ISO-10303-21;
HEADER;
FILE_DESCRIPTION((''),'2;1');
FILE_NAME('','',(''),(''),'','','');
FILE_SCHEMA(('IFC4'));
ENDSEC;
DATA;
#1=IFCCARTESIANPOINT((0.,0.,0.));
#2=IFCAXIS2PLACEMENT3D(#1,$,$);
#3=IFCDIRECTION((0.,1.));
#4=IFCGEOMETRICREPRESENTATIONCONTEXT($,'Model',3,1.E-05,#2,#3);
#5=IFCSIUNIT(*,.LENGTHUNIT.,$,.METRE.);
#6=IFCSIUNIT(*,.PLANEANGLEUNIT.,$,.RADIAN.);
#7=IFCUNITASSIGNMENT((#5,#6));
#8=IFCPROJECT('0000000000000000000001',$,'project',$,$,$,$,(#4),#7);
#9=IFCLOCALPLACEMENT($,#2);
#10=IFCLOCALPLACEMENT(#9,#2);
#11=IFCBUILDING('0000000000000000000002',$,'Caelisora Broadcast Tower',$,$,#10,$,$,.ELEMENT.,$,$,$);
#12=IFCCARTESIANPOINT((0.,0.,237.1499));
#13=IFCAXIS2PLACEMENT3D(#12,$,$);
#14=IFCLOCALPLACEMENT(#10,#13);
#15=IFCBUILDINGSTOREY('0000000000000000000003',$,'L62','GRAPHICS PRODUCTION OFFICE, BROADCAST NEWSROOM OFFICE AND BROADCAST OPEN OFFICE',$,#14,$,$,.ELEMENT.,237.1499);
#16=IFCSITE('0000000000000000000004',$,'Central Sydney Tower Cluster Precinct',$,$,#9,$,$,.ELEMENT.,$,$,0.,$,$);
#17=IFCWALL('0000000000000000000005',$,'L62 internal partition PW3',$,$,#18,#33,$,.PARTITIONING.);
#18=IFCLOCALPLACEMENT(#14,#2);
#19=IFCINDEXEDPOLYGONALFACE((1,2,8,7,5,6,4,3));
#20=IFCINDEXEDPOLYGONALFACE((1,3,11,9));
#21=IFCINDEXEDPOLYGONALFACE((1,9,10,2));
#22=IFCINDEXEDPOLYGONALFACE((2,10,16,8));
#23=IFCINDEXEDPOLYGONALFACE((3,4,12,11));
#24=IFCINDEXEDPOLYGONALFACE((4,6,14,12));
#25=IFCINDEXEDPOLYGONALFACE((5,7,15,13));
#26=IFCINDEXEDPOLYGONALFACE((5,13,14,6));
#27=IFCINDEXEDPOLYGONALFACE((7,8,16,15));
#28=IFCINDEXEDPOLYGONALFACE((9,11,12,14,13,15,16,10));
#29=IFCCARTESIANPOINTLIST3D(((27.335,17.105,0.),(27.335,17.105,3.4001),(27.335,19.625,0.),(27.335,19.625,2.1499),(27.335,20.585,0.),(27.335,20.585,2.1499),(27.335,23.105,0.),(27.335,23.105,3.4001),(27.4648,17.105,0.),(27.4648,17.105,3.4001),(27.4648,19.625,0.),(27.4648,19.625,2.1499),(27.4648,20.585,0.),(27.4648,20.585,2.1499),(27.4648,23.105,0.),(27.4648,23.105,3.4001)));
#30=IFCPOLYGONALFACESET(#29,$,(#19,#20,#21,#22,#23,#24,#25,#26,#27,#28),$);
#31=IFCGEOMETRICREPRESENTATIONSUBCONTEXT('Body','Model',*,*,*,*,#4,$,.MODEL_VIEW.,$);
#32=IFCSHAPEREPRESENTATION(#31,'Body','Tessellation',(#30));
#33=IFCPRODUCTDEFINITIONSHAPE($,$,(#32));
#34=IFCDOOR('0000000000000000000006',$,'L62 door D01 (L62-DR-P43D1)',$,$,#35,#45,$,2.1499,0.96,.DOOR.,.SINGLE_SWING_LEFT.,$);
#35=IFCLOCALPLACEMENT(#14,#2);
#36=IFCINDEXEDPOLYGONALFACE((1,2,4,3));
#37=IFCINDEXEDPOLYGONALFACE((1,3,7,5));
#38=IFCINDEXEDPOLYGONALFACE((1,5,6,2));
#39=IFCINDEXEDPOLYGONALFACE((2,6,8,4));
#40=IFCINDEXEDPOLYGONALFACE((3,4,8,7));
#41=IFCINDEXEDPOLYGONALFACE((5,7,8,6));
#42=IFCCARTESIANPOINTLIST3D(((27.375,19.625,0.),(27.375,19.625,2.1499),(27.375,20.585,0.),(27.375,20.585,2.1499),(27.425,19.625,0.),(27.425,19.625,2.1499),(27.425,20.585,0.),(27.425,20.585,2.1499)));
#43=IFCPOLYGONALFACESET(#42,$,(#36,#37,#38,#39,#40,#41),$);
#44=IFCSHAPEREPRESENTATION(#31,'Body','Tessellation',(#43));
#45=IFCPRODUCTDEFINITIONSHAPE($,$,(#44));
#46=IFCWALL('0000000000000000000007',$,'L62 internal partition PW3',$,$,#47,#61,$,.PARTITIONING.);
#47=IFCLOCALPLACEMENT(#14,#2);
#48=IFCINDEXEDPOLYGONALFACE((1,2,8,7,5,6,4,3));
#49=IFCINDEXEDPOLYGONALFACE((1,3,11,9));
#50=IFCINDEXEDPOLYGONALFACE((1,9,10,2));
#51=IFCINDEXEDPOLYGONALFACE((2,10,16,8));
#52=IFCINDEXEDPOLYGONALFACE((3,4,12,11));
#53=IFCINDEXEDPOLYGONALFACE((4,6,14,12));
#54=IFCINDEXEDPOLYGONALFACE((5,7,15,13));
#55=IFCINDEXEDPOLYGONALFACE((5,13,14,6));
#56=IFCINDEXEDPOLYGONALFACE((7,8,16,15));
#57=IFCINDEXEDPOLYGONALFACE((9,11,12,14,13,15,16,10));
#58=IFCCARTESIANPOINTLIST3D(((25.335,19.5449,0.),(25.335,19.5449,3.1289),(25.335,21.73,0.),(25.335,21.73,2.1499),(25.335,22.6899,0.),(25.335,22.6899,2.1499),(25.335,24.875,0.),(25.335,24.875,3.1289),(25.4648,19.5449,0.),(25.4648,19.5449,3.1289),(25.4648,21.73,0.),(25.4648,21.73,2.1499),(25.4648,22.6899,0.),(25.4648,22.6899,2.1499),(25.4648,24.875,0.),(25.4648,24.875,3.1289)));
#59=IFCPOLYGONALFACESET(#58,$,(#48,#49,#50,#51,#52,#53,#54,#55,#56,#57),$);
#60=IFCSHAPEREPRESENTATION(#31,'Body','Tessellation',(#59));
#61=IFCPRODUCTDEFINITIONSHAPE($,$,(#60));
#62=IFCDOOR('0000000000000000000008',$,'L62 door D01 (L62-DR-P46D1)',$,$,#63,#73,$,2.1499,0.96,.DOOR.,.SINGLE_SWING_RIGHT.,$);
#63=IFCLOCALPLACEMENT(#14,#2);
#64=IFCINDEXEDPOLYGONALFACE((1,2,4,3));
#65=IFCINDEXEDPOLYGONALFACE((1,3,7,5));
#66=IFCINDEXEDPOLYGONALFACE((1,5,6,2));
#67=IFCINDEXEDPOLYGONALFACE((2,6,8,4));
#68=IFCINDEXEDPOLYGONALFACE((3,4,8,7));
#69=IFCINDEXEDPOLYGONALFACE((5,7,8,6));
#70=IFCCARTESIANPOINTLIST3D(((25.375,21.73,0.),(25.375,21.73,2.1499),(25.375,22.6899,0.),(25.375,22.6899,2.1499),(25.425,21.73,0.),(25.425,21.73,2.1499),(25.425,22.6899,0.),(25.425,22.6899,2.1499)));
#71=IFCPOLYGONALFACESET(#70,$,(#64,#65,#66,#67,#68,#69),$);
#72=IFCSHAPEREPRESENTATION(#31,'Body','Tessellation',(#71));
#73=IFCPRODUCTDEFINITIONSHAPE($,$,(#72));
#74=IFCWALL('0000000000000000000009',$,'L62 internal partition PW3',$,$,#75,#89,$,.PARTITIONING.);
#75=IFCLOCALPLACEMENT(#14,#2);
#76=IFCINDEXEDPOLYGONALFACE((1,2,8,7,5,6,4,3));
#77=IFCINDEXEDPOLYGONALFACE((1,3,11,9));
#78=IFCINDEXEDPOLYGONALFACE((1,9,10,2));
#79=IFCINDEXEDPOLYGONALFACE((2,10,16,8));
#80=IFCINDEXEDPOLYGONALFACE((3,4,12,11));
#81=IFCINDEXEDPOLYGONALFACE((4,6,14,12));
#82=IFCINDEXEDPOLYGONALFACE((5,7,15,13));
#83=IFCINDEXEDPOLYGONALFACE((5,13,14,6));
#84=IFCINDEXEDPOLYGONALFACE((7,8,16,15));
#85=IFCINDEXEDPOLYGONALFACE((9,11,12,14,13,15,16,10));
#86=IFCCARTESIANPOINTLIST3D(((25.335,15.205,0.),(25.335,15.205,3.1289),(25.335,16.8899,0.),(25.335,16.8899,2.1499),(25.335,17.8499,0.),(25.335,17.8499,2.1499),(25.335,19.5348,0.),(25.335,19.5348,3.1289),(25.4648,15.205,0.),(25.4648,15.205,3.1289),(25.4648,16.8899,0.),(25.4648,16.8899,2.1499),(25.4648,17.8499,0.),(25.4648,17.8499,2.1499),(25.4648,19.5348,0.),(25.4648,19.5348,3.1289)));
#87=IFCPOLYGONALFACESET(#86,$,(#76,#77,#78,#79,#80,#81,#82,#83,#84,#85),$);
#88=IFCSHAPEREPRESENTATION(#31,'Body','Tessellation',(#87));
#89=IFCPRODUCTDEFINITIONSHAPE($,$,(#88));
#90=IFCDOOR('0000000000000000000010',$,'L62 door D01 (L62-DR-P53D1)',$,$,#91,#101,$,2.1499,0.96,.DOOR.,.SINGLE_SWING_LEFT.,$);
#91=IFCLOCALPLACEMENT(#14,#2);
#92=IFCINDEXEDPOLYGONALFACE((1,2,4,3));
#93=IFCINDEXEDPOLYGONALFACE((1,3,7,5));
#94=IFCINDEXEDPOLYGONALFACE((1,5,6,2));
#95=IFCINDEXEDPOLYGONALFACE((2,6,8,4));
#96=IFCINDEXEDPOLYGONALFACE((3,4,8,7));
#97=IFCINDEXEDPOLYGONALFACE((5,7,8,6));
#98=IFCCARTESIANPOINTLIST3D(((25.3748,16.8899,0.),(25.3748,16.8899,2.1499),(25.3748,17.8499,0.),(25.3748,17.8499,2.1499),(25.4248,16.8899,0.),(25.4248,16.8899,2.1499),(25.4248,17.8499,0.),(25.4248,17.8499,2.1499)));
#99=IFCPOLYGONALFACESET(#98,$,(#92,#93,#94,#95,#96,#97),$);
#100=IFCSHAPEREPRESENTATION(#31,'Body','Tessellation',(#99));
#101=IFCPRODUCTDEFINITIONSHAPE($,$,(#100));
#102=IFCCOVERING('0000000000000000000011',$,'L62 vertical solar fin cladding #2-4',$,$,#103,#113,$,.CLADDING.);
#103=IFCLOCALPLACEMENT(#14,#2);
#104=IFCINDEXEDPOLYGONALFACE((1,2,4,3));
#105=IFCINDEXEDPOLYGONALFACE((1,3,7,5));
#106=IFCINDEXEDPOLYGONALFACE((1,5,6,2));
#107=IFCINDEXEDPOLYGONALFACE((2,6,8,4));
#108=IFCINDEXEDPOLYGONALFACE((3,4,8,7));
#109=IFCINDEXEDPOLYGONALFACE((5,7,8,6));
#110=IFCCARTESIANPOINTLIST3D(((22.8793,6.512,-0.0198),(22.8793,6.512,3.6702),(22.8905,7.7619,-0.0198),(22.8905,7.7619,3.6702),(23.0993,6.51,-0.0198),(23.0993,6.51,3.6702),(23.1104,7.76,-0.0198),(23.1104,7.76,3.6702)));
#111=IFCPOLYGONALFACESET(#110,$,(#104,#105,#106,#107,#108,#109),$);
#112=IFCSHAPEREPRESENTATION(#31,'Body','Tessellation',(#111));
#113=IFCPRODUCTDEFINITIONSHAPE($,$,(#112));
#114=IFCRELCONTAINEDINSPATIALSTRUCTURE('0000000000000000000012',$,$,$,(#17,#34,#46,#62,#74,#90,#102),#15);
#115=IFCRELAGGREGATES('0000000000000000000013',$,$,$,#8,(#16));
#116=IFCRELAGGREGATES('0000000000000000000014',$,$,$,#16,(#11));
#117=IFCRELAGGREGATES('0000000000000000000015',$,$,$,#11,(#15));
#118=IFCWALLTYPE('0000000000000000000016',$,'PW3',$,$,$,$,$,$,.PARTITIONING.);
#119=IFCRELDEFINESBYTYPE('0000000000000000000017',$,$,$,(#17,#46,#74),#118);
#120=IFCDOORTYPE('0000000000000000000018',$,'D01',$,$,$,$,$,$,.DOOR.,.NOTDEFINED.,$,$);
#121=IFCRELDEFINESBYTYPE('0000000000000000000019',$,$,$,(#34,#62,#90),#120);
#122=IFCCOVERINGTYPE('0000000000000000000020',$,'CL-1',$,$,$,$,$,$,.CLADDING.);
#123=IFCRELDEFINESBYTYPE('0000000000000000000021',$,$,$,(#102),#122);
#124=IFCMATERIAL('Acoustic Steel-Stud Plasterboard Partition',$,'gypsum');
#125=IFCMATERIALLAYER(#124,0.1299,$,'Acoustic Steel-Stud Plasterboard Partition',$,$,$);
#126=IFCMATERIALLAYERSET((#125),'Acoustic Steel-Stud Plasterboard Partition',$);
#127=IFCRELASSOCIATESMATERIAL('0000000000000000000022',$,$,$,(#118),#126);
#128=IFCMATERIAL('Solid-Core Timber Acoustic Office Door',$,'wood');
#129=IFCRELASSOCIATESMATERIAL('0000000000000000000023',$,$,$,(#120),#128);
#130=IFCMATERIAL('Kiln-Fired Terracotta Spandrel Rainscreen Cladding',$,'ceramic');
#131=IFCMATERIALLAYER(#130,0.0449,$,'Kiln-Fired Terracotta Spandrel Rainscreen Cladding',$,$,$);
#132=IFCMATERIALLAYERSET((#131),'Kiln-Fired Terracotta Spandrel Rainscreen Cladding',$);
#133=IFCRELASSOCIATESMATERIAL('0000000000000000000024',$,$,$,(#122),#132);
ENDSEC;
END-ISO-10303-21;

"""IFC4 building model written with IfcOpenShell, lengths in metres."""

from ifc_helpers import new_model, si_unit, direction, frame, frame_2d, origin, origin_2d, place, context, subcontext, project, spatial, rectangle, extrude, source, transform, mapped, material, layer, layer_set, type_object, type_shapes, element, fill, save


model = new_model("IFC4")

# Units and contexts
model_context = context("Model", 3, precision=1e-05, world=origin(), true_north=direction((0.0, 1.0)))
body_context = subcontext(model_context, "Body", "Model", "MODEL_VIEW")
ifc_project = project(units=[si_unit("LENGTHUNIT", "METRE"), si_unit("PLANEANGLEUNIT", "RADIAN")], contexts=[model_context])

# Site, building, storey
site_placement = place(None, origin())
site = spatial("IfcSite", under=ifc_project, at=site_placement, Name="Central Sydney Tower Cluster Precinct", CompositionType="ELEMENT", RefElevation=0.0)
building_placement = place(site_placement, origin())
building = spatial("IfcBuilding", under=site, at=building_placement, Name="Caelisora Broadcast Tower", CompositionType="ELEMENT")
storey_placement = place(building_placement, frame((0.0, 0.0, 237.1499)))
storey = spatial("IfcBuildingStorey", under=building, at=storey_placement, Name="L62", Description="GRAPHICS PRODUCTION OFFICE, BROADCAST NEWSROOM OFFICE AND BROADCAST OPEN OFFICE", CompositionType="ELEMENT", Elevation=237.1499)

# Shared definitions
ifc_material_1 = material(Name="Acoustic Steel-Stud Plasterboard Partition", Category="gypsum")
ifc_layer_1 = layer(ifc_material_1, 0.1299, Name="Acoustic Steel-Stud Plasterboard Partition")
ifc_layer_set_1 = layer_set([ifc_layer_1], Name="Acoustic Steel-Stud Plasterboard Partition")
wall_type = type_object("IfcWallType", Name="PW3", PredefinedType="PARTITIONING", material=ifc_layer_set_1)

# Walls, openings, doors
ifc_material_2 = material(Name="Solid-Core Timber Acoustic Office Door", Category="wood")
door_type = type_object("IfcDoorType", Name="D01", OperationType="NOTDEFINED", PredefinedType="DOOR", material=ifc_material_2)
wall_1_placement = place(storey_placement, frame((27.3999, 17.105, 0.0), z_axis=(0.0, 0.0, 1.0), x_axis=(0.0, 1.0, 0.0)))
wall_1 = element("IfcWall", 1, at=wall_1_placement, inside=storey, type_object=wall_type, Name="L62 internal partition PW3", PredefinedType="PARTITIONING", context=body_context, shape_type="SweptSolid", body=[
    extrude(rectangle(XDim=6.0, YDim=0.1299, at=frame_2d((3.0, 0.0))), origin(), (0.0, 0.0, 1.0), 3.4001),
])
opening_1_placement = place(wall_1_placement, frame((2.52, 0.0, 0.0)))
opening_1 = element("IfcOpeningElement", 2, at=opening_1_placement, cuts=wall_1, PredefinedType="OPENING", context=body_context, shape_type="SweptSolid", body=[
    extrude(rectangle(XDim=0.96, YDim=2.1499, at=frame_2d((0.48, 1.075))), frame((0.0, 0.0769, 0.0), z_axis=(0.0, -1.0, 0.0), x_axis=(1.0, 0.0, 0.0)), (0.0, 0.0, 1.0), 0.1538),
])
door_1_placement = place(opening_1_placement, origin())
door_1 = element("IfcDoor", 3, at=door_1_placement, inside=storey, type_object=door_type, Name="L62 door D01 (L62-DR-P43D1)", OperationType="SINGLE_SWING_LEFT", OverallHeight=2.1499, OverallWidth=0.96, PredefinedType="DOOR", context=body_context, shape_type="SweptSolid", body=[
    extrude(rectangle(XDim=0.96, YDim=2.1499, at=frame_2d((0.48, 1.075))), frame((0.0, 0.0249, 0.0), z_axis=(0.0, -1.0, 0.0), x_axis=(1.0, 0.0, 0.0)), (0.0, 0.0, 1.0), 0.05),
])
fill(opening_1, door_1)
wall_2_placement = place(storey_placement, frame((25.3999, 19.5449, 0.0), z_axis=(0.0, 0.0, 1.0), x_axis=(0.0, 1.0, 0.0)))
wall_2 = element("IfcWall", 4, at=wall_2_placement, inside=storey, type_object=wall_type, Name="L62 internal partition PW3", PredefinedType="PARTITIONING", context=body_context, shape_type="SweptSolid", body=[
    extrude(rectangle(XDim=5.3301, YDim=0.1299, at=frame_2d((2.665, 0.0))), origin(), (0.0, 0.0, 1.0), 3.1289),
])
opening_2_placement = place(wall_2_placement, frame((2.1851, 0.0, 0.0)))
opening_2 = element("IfcOpeningElement", 5, at=opening_2_placement, cuts=wall_2, PredefinedType="OPENING", context=body_context, shape_type="SweptSolid", body=[
    extrude(rectangle(XDim=0.96, YDim=2.1499, at=frame_2d((0.48, 1.075))), frame((0.0, 0.0769, 0.0), z_axis=(0.0, -1.0, 0.0), x_axis=(1.0, 0.0, 0.0)), (0.0, 0.0, 1.0), 0.1538),
])
door_2_placement = place(opening_2_placement, origin())
door_2 = element("IfcDoor", 6, at=door_2_placement, inside=storey, type_object=door_type, Name="L62 door D01 (L62-DR-P46D1)", OperationType="SINGLE_SWING_RIGHT", OverallHeight=2.1499, OverallWidth=0.96, PredefinedType="DOOR", context=body_context, shape_type="SweptSolid", body=[
    extrude(rectangle(XDim=0.96, YDim=2.1499, at=frame_2d((0.48, 1.075))), frame((0.0, 0.0249, 0.0), z_axis=(0.0, -1.0, 0.0), x_axis=(1.0, 0.0, 0.0)), (0.0, 0.0, 1.0), 0.05),
])
fill(opening_2, door_2)
wall_3_placement = place(storey_placement, frame((25.3999, 19.5349, 0.0), z_axis=(0.0, 0.0, 1.0), x_axis=(0.0, -1.0, 0.0)))
wall_3 = element("IfcWall", 7, at=wall_3_placement, inside=storey, type_object=wall_type, Name="L62 internal partition PW3", PredefinedType="PARTITIONING", context=body_context, shape_type="SweptSolid", body=[
    extrude(rectangle(XDim=4.3298, YDim=0.1299, at=frame_2d((2.165, 0.0))), origin(), (0.0, 0.0, 1.0), 3.1289),
])
opening_3_placement = place(wall_3_placement, frame((1.6851, 0.0, 0.0)))
opening_3 = element("IfcOpeningElement", 8, at=opening_3_placement, cuts=wall_3, PredefinedType="OPENING", context=body_context, shape_type="SweptSolid", body=[
    extrude(rectangle(XDim=0.96, YDim=2.1499, at=frame_2d((0.48, 1.075))), frame((0.0, 0.0769, 0.0), z_axis=(0.0, -1.0, 0.0), x_axis=(1.0, 0.0, 0.0)), (0.0, 0.0, 1.0), 0.1538),
])
door_3_placement = place(opening_3_placement, origin())
door_3 = element("IfcDoor", 9, at=door_3_placement, inside=storey, type_object=door_type, Name="L62 door D01 (L62-DR-P53D1)", OperationType="SINGLE_SWING_LEFT", OverallHeight=2.1499, OverallWidth=0.96, PredefinedType="DOOR", context=body_context, shape_type="SweptSolid", body=[
    extrude(rectangle(XDim=0.96, YDim=2.1499, at=frame_2d((0.48, 1.075))), frame((0.0, 0.0249, 0.0), z_axis=(0.0, -1.0, 0.0), x_axis=(1.0, 0.0, 0.0)), (0.0, 0.0, 1.0), 0.05),
])
fill(opening_3, door_3)

# Covering
ifc_material_3 = material(Name="Kiln-Fired Terracotta Spandrel Rainscreen Cladding", Category="ceramic")
ifc_layer_2 = layer(ifc_material_3, 0.0449, Name="Kiln-Fired Terracotta Spandrel Rainscreen Cladding")
ifc_layer_set_2 = layer_set([ifc_layer_2], Name="Kiln-Fired Terracotta Spandrel Rainscreen Cladding")
covering_type = type_object("IfcCoveringType", Name="CL-1", PredefinedType="CLADDING", material=ifc_layer_set_2)
shared_shape_1 = source(origin(), body_context, "Body", "SweptSolid", [
    extrude(rectangle(XDim=0.22, YDim=1.25, at=origin_2d()), origin(), (0.0, 0.0, 1.0), 3.6899),
])
type_shapes(covering_type, [shared_shape_1])
covering_placement = place(storey_placement, frame((22.9949, 7.136, -0.0198), z_axis=(0.0, 0.0, 1.0), x_axis=(-0.99996, 0.008901, 0.0)))
element("IfcCovering", 10, at=covering_placement, inside=storey, type_object=covering_type, Name="L62 vertical solar fin cladding #2-4", PredefinedType="CLADDING", context=body_context, shape_type="MappedRepresentation", body=[
    mapped(shared_shape_1, transform((0.0, 0.0, 0.0), scale=1.0)),
])

save(model, "model.ifc")
